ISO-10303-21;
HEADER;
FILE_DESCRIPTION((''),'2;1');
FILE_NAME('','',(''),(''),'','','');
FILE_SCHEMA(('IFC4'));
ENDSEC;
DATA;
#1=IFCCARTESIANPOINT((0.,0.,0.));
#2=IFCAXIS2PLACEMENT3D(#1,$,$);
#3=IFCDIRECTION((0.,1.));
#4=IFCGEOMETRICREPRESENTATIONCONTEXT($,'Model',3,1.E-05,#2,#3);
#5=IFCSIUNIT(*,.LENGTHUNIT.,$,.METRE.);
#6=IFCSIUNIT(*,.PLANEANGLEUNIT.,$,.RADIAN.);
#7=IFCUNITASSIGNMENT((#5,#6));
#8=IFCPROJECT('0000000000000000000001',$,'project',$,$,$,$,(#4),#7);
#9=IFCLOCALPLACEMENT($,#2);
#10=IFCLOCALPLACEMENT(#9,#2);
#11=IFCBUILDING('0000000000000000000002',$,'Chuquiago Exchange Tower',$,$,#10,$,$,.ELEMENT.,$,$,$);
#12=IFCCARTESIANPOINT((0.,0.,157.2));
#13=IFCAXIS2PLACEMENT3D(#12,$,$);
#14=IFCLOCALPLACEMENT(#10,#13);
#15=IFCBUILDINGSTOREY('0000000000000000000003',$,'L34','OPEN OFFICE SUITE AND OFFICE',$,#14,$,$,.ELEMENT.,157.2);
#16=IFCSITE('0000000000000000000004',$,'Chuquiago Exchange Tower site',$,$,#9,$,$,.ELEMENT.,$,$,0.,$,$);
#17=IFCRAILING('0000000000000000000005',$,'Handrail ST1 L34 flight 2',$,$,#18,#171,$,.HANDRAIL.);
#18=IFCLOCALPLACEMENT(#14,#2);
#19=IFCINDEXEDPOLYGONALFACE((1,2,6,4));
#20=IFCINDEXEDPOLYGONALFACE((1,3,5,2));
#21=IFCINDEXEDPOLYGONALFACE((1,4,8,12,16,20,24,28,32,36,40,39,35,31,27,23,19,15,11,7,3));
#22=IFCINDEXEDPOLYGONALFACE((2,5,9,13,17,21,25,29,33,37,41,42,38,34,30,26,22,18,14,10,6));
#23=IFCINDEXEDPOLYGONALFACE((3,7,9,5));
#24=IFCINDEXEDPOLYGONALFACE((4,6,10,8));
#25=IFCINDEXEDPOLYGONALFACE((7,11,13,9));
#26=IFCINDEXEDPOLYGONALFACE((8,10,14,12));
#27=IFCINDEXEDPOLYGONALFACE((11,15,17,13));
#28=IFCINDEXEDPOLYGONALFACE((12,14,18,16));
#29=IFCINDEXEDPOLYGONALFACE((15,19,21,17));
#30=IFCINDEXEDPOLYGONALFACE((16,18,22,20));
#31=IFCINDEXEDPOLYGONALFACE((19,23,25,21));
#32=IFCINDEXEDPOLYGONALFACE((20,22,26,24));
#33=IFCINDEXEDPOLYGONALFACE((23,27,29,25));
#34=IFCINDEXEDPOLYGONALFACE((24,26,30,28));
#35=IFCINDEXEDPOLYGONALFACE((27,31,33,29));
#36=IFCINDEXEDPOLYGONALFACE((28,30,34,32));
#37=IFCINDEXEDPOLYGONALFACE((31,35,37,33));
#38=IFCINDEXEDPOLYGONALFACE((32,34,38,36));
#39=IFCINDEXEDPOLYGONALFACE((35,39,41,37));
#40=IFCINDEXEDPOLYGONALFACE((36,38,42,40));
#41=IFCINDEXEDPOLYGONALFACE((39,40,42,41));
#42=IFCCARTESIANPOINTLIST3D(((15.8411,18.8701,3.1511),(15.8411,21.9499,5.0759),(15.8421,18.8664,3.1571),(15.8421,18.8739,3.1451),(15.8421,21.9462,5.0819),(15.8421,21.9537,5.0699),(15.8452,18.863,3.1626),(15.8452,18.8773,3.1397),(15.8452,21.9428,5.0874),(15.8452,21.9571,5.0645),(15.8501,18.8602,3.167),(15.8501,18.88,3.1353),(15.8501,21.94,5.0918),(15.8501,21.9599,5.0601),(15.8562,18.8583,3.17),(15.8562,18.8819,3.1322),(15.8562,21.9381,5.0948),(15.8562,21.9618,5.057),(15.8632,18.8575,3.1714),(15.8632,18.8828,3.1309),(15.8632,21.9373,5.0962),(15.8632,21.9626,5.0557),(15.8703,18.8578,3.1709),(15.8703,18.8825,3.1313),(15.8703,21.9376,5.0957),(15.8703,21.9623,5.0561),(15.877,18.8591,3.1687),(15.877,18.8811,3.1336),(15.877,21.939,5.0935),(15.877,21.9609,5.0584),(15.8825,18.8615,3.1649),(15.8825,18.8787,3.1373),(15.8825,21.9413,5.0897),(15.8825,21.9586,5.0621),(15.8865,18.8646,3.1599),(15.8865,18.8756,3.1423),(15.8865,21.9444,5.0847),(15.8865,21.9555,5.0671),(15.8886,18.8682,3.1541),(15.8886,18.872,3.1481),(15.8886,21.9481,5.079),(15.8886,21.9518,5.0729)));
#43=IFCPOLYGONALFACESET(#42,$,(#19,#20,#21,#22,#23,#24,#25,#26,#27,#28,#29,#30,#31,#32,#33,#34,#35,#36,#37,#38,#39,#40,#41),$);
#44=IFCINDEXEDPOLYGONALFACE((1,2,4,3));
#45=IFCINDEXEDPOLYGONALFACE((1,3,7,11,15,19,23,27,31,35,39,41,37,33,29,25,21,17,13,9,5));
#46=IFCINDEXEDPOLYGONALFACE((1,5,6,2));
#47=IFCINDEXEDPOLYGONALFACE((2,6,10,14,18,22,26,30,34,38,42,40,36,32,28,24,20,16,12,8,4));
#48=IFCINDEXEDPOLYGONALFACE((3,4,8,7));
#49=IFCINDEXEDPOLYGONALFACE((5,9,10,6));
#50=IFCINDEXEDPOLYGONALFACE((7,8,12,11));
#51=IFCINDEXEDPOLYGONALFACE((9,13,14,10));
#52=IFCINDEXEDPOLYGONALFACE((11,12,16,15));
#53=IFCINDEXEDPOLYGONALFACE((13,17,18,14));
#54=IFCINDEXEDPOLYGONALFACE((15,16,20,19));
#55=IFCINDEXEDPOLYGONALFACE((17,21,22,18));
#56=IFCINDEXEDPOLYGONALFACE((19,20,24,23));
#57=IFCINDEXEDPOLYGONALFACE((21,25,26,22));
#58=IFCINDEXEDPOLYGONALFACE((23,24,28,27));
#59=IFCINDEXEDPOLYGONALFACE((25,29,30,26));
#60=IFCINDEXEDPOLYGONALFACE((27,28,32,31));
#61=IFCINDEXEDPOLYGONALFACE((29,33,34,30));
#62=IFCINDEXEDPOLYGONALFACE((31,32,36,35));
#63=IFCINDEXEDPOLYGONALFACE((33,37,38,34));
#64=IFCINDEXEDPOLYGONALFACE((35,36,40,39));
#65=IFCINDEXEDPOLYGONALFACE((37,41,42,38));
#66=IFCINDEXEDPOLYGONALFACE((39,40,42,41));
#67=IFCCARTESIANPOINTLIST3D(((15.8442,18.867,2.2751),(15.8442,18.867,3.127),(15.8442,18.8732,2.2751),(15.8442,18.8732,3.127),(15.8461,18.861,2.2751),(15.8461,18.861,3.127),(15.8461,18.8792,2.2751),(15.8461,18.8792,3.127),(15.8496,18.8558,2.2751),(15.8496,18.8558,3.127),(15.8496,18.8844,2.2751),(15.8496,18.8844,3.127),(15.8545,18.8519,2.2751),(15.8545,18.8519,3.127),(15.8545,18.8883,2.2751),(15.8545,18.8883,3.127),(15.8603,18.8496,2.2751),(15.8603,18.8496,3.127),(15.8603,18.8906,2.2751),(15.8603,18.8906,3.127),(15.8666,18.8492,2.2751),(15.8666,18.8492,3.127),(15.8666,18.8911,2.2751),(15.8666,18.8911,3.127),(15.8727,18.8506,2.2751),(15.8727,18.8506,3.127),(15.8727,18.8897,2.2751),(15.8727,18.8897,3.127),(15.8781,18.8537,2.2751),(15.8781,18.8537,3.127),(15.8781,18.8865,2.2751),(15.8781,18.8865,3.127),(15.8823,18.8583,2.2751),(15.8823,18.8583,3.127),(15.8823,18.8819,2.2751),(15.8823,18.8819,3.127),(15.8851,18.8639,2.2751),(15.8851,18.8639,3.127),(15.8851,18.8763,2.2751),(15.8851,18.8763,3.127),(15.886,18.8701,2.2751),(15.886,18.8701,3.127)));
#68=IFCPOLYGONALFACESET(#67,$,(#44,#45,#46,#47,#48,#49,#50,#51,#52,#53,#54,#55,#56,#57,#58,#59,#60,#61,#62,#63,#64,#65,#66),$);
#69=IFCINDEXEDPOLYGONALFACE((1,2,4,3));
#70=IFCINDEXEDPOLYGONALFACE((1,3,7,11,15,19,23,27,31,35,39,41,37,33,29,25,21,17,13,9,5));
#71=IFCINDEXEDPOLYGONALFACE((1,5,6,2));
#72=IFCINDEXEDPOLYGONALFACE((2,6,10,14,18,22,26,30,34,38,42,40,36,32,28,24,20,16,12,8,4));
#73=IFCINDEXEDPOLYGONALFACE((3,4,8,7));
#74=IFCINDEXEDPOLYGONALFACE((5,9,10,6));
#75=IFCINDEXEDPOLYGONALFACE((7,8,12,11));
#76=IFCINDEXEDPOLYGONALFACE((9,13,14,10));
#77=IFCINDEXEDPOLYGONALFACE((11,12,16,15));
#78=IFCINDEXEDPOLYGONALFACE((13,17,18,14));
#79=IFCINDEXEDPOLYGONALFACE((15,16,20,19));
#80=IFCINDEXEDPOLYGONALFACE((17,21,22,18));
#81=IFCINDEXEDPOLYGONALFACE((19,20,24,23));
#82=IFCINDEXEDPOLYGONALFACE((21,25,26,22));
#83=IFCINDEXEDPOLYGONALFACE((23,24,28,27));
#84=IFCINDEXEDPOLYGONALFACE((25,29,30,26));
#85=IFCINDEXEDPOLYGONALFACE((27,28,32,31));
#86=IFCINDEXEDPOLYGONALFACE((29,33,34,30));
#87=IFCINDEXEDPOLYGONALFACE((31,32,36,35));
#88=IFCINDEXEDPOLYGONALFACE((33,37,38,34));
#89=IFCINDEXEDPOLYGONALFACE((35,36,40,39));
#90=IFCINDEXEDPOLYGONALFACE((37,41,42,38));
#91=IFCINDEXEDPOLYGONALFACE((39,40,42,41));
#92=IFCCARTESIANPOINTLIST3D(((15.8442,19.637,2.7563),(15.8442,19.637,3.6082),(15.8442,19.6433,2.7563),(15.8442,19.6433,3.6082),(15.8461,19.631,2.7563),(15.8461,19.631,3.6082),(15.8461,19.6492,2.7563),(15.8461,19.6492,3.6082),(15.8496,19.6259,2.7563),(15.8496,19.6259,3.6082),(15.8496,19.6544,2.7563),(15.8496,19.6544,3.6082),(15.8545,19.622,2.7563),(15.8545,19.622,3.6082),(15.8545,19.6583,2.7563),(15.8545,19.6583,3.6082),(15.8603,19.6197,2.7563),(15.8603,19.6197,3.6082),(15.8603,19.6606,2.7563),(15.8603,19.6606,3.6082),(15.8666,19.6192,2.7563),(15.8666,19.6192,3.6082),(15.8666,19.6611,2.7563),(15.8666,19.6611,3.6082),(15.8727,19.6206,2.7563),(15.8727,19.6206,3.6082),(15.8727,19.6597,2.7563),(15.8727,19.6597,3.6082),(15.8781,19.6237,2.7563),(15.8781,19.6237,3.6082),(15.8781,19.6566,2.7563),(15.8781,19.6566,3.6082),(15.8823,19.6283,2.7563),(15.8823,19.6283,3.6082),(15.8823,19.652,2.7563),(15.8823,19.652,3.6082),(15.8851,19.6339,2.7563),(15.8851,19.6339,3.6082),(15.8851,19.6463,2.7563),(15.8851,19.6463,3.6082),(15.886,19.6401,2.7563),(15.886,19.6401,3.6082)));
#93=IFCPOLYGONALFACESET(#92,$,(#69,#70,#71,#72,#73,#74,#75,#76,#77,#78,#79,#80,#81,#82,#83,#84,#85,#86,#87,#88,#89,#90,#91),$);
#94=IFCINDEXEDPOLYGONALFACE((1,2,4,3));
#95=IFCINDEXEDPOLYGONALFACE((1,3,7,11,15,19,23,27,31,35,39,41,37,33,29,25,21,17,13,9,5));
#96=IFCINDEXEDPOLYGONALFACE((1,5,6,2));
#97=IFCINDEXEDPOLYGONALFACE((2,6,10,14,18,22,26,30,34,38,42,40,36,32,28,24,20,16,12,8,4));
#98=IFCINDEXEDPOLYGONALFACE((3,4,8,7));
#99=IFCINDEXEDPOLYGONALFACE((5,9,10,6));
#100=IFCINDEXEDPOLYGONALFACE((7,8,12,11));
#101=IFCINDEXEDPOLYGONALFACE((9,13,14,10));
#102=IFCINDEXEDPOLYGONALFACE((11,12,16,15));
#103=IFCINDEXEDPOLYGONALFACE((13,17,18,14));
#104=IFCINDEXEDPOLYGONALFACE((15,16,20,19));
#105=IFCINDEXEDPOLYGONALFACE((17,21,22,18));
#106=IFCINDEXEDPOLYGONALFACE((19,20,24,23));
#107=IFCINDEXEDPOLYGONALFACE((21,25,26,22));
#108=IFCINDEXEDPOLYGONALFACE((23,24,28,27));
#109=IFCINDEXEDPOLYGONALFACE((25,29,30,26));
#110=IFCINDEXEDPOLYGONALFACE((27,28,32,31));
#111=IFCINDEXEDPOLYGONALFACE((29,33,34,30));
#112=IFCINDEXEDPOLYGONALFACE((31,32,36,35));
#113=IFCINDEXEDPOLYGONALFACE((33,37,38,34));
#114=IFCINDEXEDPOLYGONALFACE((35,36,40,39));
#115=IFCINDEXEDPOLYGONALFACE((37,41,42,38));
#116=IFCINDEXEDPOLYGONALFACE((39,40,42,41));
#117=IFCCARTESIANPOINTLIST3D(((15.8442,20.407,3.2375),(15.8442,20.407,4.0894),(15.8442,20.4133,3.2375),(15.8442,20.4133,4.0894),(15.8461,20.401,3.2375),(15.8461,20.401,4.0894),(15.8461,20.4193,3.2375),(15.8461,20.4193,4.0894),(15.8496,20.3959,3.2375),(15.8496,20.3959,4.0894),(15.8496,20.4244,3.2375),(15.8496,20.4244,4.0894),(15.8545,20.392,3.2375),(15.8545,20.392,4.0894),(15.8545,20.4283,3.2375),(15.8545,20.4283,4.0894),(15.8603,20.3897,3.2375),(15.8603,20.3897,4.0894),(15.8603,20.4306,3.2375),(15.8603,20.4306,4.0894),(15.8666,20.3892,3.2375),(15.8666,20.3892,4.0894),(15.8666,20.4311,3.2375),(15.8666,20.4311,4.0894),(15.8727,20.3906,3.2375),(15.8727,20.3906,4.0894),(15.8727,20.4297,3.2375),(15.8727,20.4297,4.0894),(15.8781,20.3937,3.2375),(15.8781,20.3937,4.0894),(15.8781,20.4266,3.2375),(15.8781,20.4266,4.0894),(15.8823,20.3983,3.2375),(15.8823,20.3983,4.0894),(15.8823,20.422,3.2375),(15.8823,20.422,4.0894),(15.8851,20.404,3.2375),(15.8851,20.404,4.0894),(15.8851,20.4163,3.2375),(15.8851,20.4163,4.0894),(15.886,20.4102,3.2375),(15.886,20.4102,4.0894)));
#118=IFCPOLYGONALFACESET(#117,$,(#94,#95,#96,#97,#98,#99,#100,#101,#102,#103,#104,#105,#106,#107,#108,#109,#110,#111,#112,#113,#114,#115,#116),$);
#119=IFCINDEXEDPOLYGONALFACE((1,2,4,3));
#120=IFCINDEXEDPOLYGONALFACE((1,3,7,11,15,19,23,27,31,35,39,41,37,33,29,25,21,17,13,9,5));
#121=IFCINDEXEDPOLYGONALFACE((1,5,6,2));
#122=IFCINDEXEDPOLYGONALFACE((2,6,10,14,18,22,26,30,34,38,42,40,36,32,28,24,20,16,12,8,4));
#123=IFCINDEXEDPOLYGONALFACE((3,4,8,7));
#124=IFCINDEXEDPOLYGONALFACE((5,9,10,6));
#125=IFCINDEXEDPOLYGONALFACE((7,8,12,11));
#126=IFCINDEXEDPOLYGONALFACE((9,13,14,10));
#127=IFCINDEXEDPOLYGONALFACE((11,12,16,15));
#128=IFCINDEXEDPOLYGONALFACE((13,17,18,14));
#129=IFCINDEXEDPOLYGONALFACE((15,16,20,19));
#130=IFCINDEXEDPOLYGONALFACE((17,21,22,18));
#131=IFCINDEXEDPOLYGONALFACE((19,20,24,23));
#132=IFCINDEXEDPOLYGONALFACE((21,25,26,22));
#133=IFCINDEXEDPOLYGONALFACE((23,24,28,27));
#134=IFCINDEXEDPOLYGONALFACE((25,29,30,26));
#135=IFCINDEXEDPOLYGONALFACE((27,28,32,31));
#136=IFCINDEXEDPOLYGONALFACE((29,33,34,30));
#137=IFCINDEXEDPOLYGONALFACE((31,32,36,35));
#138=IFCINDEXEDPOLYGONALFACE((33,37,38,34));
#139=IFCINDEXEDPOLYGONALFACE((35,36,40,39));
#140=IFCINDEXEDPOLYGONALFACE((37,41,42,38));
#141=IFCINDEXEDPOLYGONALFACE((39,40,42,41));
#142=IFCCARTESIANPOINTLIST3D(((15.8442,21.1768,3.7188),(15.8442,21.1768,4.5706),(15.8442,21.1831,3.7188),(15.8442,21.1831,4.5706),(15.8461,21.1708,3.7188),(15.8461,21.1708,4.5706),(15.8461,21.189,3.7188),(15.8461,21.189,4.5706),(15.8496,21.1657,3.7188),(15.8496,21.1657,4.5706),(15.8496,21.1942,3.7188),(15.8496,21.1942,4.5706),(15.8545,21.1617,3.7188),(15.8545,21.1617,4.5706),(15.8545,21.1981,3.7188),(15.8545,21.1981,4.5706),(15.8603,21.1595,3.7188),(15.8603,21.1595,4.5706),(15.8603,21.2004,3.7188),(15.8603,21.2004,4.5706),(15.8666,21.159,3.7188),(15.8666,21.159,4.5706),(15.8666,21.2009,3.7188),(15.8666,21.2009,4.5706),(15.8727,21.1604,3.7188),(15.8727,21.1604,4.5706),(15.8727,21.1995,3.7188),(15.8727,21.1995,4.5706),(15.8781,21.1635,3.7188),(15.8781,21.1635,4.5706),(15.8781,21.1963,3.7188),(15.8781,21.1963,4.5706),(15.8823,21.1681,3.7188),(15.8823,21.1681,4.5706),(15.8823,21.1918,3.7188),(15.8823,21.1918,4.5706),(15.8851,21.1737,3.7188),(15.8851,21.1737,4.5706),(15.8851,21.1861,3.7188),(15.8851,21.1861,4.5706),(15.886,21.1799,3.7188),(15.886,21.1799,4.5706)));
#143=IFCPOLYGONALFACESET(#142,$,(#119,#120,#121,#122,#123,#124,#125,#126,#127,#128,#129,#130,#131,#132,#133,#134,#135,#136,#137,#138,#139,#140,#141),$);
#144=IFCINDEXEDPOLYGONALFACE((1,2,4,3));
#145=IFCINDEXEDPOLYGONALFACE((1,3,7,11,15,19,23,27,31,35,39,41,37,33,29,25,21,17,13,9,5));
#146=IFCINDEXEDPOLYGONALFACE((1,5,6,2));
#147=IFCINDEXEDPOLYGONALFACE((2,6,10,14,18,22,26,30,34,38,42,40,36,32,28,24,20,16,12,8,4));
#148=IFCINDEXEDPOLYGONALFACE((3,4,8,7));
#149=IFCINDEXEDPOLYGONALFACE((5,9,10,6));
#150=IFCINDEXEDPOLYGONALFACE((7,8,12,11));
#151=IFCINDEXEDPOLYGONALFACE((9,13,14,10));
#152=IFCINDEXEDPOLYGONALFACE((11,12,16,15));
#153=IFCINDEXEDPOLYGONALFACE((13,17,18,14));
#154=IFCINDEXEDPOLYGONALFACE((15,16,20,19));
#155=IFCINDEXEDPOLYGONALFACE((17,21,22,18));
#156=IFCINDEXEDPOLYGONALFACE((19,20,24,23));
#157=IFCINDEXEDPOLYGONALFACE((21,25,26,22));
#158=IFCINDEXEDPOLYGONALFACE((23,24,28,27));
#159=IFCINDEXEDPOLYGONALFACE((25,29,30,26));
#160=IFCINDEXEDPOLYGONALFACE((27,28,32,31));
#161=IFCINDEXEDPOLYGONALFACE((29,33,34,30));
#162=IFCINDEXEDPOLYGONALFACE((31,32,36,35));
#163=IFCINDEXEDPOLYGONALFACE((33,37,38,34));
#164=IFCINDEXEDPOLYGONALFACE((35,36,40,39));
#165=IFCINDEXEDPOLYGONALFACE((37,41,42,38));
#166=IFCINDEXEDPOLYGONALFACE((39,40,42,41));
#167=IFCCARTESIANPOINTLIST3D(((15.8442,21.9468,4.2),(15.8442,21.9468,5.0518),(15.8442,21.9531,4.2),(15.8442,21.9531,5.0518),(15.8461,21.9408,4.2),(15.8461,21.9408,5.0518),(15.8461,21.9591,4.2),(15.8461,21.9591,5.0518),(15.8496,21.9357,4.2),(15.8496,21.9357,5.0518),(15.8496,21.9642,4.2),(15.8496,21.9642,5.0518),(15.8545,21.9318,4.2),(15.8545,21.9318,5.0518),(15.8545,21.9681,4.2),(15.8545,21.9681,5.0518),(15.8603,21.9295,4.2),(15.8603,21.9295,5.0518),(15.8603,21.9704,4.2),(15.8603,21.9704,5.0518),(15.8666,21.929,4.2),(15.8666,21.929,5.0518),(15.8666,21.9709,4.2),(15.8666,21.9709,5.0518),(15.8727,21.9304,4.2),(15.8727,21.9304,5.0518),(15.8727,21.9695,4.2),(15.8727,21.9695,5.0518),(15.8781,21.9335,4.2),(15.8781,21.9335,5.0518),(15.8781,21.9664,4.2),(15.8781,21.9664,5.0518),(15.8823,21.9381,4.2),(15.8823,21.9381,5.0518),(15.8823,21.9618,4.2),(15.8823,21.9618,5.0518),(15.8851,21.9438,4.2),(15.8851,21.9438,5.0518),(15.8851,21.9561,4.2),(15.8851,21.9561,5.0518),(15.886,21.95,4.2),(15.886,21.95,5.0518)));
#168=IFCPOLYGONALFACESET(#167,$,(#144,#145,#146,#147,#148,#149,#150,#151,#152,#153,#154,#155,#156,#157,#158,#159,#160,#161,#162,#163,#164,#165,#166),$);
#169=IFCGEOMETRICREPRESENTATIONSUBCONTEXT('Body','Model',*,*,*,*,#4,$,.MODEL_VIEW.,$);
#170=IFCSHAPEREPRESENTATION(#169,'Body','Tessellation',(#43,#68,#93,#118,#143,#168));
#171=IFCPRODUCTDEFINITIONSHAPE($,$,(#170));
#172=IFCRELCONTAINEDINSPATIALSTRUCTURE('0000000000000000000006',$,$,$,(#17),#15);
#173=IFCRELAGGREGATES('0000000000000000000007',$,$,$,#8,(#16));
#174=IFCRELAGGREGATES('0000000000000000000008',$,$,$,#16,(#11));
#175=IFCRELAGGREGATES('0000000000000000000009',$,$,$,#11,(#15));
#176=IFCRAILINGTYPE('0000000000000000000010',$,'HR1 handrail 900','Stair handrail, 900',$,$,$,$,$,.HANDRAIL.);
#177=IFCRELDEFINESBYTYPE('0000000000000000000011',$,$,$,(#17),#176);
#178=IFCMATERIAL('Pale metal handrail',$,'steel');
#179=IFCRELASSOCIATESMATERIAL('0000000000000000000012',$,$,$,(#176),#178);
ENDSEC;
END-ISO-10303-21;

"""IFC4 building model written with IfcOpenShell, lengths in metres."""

from ifc_helpers import new_model, si_unit, direction, frame, origin, origin_2d, place, context, subcontext, project, spatial, circle, extrude, material, type_object, element, save


model = new_model("IFC4")

# Units and contexts
model_context = context("Model", 3, precision=1e-05, world=origin(), true_north=direction((0.0, 1.0)))
body_context = subcontext(model_context, "Body", "Model", "MODEL_VIEW")
ifc_project = project(units=[si_unit("LENGTHUNIT", "METRE"), si_unit("PLANEANGLEUNIT", "RADIAN")], contexts=[model_context])

# Site, building, storey
site_placement = place(None, origin())
site = spatial("IfcSite", under=ifc_project, at=site_placement, Name="Chuquiago Exchange Tower site", CompositionType="ELEMENT", RefElevation=0.0)
building_placement = place(site_placement, origin())
building = spatial("IfcBuilding", under=site, at=building_placement, Name="Chuquiago Exchange Tower", CompositionType="ELEMENT")
storey_placement = place(building_placement, frame((0.0, 0.0, 157.2)))
storey = spatial("IfcBuildingStorey", under=building, at=storey_placement, Name="L34", Description="OPEN OFFICE SUITE AND OFFICE", CompositionType="ELEMENT", Elevation=157.2)

# Railing
ifc_material_1 = material(Name="Pale metal handrail", Category="steel")
railing_type_1 = type_object("IfcRailingType", Name="HR1 handrail 900", Description="Stair handrail, 900", PredefinedType="HANDRAIL", material=ifc_material_1)
for number, where, name in (
    (1, (15.865, 18.8701, 2.2751), "Handrail ST1 L34 flight 2"),
):
    element("IfcRailing", number, at=place(storey_placement, frame(where)), inside=storey, type_object=railing_type_1, Name=name, PredefinedType="HANDRAIL", context=body_context, shape_type="SweptSolid", body=[
        extrude(circle(Radius=0.0239, at=origin_2d()), frame((0.0, 0.0, 0.876), z_axis=(0.0, 0.84801, 0.529981), x_axis=(-1.0, 0.0, 0.0)), (0.0, 0.0, 1.0), 3.6318),
        extrude(circle(Radius=0.021, at=origin_2d()), origin(), (0.0, 0.0, 1.0), 0.8518),
        extrude(circle(Radius=0.021, at=origin_2d()), frame((0.0, 0.77, 0.4812)), (0.0, 0.0, 1.0), 0.8518),
        extrude(circle(Radius=0.021, at=origin_2d()), frame((0.0, 1.54, 0.9624)), (0.0, 0.0, 1.0), 0.8518),
        extrude(circle(Radius=0.021, at=origin_2d()), frame((0.0, 2.3098, 1.4436)), (0.0, 0.0, 1.0), 0.8518),
        extrude(circle(Radius=0.021, at=origin_2d()), frame((0.0, 3.0798, 1.9248)), (0.0, 0.0, 1.0), 0.8518),
    ])

save(model, "model.ifc")
